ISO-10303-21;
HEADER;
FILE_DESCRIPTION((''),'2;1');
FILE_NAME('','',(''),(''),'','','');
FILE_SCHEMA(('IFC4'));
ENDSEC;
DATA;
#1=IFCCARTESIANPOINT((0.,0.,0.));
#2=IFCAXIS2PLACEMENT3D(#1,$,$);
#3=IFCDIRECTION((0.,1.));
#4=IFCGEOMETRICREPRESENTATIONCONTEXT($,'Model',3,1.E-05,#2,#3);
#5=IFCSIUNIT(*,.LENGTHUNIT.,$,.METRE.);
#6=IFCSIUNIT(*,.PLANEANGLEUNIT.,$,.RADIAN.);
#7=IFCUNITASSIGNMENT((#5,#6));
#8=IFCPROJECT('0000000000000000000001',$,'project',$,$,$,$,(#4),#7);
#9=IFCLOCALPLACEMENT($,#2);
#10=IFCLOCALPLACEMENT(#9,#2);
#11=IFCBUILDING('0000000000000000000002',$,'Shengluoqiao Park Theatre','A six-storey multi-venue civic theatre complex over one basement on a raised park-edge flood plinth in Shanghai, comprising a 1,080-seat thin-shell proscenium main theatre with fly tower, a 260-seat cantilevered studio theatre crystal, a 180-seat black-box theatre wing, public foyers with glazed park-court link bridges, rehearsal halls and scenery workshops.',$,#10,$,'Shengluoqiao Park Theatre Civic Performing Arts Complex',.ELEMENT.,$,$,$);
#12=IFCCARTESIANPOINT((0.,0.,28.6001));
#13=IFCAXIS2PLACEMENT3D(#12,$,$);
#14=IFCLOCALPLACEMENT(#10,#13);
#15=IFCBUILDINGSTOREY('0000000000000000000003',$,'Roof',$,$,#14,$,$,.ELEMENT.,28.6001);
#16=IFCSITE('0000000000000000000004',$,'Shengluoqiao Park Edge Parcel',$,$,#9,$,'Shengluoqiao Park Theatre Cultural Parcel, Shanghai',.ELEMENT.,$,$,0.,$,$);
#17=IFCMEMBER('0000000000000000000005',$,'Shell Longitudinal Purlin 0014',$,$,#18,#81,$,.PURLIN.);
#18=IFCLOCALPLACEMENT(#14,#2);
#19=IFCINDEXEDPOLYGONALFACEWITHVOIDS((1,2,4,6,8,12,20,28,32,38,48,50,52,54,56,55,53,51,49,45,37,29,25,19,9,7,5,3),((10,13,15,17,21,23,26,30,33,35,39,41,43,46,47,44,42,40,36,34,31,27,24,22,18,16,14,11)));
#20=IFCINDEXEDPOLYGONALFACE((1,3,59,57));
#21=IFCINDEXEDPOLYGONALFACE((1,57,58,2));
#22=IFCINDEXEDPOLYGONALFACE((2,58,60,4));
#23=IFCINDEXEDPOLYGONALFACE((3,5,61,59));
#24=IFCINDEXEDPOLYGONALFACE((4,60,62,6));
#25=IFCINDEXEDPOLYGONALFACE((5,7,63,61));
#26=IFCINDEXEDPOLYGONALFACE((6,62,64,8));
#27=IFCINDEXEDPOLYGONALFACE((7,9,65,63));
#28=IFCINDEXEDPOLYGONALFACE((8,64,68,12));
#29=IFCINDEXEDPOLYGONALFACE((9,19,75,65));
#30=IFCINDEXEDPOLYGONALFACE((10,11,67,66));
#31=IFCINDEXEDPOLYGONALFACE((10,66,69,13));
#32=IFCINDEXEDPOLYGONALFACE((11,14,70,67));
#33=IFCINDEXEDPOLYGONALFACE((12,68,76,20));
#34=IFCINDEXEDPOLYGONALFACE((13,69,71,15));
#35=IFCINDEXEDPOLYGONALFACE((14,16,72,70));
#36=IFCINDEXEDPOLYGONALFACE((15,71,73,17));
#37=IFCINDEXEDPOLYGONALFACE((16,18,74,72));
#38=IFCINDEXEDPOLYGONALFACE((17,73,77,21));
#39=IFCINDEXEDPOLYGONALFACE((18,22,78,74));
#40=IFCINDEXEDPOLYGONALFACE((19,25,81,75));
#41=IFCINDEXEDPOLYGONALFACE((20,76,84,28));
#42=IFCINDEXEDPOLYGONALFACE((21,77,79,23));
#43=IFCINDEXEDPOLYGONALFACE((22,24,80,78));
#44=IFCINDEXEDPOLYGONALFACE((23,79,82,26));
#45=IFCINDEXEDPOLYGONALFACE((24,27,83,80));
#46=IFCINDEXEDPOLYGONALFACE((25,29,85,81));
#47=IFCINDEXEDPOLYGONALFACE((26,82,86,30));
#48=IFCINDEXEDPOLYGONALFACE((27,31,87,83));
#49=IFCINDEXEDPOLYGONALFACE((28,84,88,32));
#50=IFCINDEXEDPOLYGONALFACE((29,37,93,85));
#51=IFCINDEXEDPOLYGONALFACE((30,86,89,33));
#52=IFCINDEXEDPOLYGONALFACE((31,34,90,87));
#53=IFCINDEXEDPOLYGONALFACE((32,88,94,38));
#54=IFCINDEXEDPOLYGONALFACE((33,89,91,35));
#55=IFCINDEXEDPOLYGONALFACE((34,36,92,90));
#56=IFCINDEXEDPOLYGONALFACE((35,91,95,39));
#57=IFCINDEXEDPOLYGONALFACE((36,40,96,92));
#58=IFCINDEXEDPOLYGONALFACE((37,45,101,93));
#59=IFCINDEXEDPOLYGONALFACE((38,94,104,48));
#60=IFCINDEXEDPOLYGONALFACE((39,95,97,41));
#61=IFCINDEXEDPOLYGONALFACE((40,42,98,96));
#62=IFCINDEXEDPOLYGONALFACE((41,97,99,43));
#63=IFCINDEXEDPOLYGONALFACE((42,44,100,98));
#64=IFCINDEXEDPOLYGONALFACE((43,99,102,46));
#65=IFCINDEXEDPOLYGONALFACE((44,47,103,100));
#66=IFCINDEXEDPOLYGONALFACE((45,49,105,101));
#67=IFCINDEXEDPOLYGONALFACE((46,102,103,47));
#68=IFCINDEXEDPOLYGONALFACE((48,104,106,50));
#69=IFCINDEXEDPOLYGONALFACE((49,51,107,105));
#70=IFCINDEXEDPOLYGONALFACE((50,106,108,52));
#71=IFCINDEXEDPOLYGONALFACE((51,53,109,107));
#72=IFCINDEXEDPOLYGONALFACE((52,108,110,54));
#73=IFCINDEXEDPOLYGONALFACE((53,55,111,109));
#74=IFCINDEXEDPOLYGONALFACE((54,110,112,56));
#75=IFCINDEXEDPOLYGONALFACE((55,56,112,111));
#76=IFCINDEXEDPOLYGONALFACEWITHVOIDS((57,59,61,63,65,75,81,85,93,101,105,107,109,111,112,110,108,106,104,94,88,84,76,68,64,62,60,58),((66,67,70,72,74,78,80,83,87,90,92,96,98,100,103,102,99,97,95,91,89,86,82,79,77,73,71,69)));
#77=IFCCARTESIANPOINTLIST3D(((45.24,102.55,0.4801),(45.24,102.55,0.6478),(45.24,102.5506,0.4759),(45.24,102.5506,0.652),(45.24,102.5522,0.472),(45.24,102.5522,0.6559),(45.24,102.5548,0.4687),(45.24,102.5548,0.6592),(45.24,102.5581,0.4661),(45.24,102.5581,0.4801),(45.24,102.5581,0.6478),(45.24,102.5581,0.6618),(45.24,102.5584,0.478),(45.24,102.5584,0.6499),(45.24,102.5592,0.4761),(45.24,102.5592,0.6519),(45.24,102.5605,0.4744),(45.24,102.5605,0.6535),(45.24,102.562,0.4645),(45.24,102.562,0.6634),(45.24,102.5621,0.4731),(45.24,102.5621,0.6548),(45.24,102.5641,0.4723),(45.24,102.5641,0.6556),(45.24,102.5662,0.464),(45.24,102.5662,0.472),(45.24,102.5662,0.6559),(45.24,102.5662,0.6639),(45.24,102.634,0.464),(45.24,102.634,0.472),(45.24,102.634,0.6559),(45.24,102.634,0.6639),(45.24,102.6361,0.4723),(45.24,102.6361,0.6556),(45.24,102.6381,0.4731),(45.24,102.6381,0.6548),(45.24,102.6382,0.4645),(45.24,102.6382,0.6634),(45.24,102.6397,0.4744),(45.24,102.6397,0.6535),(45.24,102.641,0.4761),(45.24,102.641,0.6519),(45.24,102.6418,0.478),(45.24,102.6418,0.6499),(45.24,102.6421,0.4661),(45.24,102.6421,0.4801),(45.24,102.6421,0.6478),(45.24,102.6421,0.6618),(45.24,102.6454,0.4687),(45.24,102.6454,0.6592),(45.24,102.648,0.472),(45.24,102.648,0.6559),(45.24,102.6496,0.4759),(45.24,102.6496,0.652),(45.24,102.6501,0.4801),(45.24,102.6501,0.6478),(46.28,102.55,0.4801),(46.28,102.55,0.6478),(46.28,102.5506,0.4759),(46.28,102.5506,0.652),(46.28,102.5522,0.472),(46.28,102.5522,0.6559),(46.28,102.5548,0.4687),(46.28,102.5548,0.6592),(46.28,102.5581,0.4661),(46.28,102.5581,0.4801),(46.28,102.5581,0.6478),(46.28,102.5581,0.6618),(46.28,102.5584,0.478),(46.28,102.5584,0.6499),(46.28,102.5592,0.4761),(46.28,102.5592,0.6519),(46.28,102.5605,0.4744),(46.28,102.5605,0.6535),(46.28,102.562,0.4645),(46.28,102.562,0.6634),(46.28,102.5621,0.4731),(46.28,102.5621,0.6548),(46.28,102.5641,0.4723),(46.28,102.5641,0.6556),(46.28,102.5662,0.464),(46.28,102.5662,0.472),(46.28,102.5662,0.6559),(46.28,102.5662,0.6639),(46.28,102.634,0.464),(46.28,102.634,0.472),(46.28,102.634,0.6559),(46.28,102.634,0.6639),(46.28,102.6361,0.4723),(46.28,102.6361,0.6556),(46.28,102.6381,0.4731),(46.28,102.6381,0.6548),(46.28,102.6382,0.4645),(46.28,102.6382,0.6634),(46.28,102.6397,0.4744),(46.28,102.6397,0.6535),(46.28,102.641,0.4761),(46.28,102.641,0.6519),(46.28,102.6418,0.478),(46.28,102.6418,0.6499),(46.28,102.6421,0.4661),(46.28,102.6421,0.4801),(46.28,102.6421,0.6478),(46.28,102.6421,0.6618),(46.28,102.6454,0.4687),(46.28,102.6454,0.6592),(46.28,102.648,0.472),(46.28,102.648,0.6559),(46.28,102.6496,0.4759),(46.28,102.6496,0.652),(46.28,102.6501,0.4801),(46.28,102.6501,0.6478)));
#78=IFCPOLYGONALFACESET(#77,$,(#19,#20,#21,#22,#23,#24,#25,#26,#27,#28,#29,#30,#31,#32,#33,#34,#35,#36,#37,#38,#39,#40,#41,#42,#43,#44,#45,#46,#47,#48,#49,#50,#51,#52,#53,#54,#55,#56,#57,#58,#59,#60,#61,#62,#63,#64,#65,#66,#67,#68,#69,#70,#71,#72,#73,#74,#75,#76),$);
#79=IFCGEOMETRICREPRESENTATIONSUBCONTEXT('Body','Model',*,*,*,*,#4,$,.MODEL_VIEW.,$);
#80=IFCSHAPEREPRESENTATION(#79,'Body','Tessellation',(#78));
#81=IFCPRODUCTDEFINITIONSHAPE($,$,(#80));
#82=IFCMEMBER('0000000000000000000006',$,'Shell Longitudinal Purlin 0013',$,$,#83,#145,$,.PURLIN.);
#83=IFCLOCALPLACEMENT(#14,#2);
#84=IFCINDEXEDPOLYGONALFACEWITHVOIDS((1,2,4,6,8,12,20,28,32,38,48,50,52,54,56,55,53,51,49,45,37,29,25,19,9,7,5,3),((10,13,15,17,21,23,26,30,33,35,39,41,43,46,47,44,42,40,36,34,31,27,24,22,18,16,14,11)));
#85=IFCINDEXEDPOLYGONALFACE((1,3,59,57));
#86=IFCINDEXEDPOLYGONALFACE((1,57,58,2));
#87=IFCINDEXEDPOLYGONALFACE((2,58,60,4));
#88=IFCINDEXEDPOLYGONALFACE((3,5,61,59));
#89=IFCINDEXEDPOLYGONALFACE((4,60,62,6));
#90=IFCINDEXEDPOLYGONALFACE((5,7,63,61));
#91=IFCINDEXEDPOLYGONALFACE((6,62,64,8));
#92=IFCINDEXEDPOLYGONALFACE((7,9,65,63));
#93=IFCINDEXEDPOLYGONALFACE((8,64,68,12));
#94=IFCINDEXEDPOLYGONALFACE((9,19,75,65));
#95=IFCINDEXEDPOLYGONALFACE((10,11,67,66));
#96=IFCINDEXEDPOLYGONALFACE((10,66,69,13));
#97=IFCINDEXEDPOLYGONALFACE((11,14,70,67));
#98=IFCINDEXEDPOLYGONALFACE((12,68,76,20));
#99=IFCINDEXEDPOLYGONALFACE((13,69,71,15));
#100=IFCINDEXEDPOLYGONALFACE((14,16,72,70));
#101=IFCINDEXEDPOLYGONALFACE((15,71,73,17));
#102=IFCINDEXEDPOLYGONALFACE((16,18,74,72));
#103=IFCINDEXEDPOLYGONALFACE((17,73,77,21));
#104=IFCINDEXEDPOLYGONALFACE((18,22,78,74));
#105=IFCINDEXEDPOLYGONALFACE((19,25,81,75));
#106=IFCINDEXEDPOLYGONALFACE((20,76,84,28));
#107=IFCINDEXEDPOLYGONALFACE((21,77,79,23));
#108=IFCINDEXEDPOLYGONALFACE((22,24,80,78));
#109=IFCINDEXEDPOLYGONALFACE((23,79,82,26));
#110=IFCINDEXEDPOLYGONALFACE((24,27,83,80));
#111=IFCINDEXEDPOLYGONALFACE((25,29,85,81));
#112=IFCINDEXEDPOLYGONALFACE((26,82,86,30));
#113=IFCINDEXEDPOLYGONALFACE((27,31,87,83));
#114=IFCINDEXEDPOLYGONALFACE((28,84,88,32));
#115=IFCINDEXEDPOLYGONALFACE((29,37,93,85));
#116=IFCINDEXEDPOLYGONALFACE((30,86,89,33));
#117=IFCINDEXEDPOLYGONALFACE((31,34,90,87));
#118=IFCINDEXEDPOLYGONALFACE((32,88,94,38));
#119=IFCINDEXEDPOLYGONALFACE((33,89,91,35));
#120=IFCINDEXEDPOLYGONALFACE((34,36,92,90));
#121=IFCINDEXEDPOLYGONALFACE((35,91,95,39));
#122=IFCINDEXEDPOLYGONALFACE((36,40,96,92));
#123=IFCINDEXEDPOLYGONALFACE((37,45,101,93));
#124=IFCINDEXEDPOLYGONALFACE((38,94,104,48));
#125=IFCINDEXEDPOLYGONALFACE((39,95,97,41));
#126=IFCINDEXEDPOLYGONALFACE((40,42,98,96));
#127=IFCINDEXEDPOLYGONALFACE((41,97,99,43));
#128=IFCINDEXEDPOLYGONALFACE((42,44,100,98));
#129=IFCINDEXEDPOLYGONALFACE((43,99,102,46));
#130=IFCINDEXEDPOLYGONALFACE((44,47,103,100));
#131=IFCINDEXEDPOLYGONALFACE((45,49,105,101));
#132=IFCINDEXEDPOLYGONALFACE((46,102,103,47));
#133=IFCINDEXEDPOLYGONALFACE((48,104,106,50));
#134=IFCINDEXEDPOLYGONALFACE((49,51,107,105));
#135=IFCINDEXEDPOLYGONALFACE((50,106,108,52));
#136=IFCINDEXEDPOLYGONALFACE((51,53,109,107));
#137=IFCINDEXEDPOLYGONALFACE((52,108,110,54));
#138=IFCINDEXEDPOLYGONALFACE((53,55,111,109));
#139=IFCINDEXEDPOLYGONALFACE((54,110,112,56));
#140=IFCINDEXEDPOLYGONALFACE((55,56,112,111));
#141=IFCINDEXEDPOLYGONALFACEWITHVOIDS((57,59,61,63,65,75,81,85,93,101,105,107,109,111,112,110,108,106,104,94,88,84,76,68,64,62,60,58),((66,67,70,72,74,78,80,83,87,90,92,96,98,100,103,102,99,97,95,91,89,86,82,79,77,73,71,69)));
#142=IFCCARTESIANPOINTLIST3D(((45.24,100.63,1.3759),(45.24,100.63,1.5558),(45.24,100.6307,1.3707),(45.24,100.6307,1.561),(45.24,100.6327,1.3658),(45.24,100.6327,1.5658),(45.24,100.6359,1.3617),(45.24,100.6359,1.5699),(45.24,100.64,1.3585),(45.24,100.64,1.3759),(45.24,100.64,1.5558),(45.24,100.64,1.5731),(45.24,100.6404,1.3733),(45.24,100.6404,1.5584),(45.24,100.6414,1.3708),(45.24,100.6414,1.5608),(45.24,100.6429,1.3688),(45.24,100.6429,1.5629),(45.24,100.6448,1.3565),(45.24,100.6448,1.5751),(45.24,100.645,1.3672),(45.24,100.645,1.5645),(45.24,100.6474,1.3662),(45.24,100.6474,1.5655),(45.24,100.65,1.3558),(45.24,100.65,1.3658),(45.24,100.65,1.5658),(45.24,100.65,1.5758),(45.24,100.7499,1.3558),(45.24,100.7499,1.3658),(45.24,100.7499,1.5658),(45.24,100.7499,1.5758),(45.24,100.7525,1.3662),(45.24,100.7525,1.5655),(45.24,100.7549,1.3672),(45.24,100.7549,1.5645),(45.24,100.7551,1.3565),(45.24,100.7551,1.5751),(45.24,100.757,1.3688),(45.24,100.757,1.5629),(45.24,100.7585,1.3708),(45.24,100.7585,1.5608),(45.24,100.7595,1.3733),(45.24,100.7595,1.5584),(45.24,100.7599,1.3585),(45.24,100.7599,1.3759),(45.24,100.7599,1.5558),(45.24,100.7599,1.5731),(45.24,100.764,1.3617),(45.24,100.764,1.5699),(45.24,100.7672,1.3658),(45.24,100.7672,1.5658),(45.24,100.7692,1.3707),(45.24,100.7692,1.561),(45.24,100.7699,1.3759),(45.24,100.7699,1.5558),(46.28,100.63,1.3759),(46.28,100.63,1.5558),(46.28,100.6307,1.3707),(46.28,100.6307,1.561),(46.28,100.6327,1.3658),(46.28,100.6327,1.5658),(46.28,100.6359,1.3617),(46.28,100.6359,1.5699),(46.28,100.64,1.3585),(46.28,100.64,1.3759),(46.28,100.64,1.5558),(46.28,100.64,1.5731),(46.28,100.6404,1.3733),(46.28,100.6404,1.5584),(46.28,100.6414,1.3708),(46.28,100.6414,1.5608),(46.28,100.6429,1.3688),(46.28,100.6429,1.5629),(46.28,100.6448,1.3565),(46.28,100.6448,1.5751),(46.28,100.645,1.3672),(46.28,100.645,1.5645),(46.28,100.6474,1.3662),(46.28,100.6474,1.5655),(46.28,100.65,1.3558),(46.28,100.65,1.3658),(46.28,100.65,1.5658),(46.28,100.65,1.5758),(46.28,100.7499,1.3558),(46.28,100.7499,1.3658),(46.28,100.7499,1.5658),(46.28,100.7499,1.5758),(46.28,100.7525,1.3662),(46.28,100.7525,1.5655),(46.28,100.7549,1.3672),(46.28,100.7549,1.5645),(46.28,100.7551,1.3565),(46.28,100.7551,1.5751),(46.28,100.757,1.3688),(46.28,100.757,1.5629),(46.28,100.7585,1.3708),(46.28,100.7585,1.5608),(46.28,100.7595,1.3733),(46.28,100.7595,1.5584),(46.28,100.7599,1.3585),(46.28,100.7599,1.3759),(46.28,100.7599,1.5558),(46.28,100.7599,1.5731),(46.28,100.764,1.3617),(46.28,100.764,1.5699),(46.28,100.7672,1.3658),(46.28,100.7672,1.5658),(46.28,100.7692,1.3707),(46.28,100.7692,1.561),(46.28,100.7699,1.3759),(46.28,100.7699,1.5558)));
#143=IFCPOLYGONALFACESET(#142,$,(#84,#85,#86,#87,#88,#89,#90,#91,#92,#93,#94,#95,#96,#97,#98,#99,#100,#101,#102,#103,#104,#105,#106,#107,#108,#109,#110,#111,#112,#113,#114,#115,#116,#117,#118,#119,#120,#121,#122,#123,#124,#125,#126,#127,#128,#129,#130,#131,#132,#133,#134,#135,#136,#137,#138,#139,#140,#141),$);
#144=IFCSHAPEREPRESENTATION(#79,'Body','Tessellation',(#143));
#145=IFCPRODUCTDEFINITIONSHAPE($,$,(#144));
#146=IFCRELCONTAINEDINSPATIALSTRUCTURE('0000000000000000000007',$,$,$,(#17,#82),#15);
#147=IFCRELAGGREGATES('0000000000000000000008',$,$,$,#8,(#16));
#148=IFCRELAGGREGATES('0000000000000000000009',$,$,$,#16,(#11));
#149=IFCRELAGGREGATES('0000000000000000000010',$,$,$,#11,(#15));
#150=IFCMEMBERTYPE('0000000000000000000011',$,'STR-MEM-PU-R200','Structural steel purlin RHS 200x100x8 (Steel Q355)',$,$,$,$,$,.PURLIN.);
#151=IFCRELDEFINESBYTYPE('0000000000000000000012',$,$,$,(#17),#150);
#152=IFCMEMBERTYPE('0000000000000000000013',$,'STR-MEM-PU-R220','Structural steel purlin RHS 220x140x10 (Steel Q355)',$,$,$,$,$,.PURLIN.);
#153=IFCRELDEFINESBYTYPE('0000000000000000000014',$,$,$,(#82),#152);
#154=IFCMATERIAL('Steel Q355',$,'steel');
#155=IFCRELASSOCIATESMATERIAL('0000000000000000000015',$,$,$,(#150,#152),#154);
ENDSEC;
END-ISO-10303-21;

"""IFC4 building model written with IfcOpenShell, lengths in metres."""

from ifc_helpers import new_model, si_unit, direction, frame, origin, origin_2d, place, context, subcontext, project, spatial, hollow_rectangle, extrude, material, material_profile, profile_set, type_object, element, save


model = new_model("IFC4")

# Units and contexts
model_context = context("Model", 3, precision=1e-05, world=origin(), true_north=direction((0.0, 1.0)))
body_context = subcontext(model_context, "Body", "Model", "MODEL_VIEW")
ifc_project = project(units=[si_unit("LENGTHUNIT", "METRE"), si_unit("PLANEANGLEUNIT", "RADIAN")], contexts=[model_context])

# Site, building, storey
site_placement = place(None, origin())
site = spatial("IfcSite", under=ifc_project, at=site_placement, Name="Shengluoqiao Park Edge Parcel", LongName="Shengluoqiao Park Theatre Cultural Parcel, Shanghai", CompositionType="ELEMENT", RefElevation=0.0)
building_placement = place(site_placement, origin())
building = spatial("IfcBuilding", under=site, at=building_placement, Name="Shengluoqiao Park Theatre", Description="A six-storey multi-venue civic theatre complex over one basement on a raised park-edge flood plinth in Shanghai, comprising a 1,080-seat thin-shell proscenium main theatre with fly tower, a 260-seat cantilevered studio theatre crystal, a 180-seat black-box theatre wing, public foyers with glazed park-court link bridges, rehearsal halls and scenery workshops.", LongName="Shengluoqiao Park Theatre Civic Performing Arts Complex", CompositionType="ELEMENT")
storey_placement = place(building_placement, frame((0.0, 0.0, 28.6001)))
storey = spatial("IfcBuildingStorey", under=building, at=storey_placement, Name="Roof", CompositionType="ELEMENT", Elevation=28.6001)

# Shared definitions
ifc_material_1 = material(Name="Steel Q355", Category="steel")

# Members
ifc_material_profile_1 = material_profile(ifc_material_1, hollow_rectangle(XDim=0.1001, YDim=0.2, WallThickness=0.0081, InnerFilletRadius=0.0081, OuterFilletRadius=0.0161, at=origin_2d()), Name="RHS 200x100x8")
ifc_profile_set_1 = profile_set([ifc_material_profile_1], Name="Steel Q355")
member_type_1 = type_object("IfcMemberType", Name="STR-MEM-PU-R200", Description="Structural steel purlin RHS 200x100x8 (Steel Q355)", PredefinedType="PURLIN", material=ifc_profile_set_1)
member_1_placement = place(storey_placement, frame((45.24, 102.6001, 0.564), z_axis=(1.0, 0.0, 0.0), x_axis=(0.0, 1.0, 0.0)))
element("IfcMember", 1, at=member_1_placement, inside=storey, type_object=member_type_1, Name="Shell Longitudinal Purlin 0014", PredefinedType="PURLIN", context=body_context, shape_type="SweptSolid", body=[
    extrude(hollow_rectangle(XDim=0.1001, YDim=0.2, WallThickness=0.0081, InnerFilletRadius=0.0081, OuterFilletRadius=0.0161, at=origin_2d()), origin(), (0.0, 0.0, 1.0), 1.04),
])
ifc_material_profile_2 = material_profile(ifc_material_1, hollow_rectangle(XDim=0.1399, YDim=0.22, WallThickness=0.01, InnerFilletRadius=0.01, OuterFilletRadius=0.02, at=origin_2d()), Name="RHS 220x140x10")
ifc_profile_set_2 = profile_set([ifc_material_profile_2], Name="Steel Q355")
member_type_2 = type_object("IfcMemberType", Name="STR-MEM-PU-R220", Description="Structural steel purlin RHS 220x140x10 (Steel Q355)", PredefinedType="PURLIN", material=ifc_profile_set_2)
member_2_placement = place(storey_placement, frame((45.24, 100.7, 1.4658), z_axis=(1.0, 0.0, 0.0), x_axis=(0.0, 1.0, 0.0)))
element("IfcMember", 2, at=member_2_placement, inside=storey, type_object=member_type_2, Name="Shell Longitudinal Purlin 0013", PredefinedType="PURLIN", context=body_context, shape_type="SweptSolid", body=[
    extrude(hollow_rectangle(XDim=0.1399, YDim=0.22, WallThickness=0.01, InnerFilletRadius=0.01, OuterFilletRadius=0.02, at=origin_2d()), origin(), (0.0, 0.0, 1.0), 1.04),
])

save(model, "model.ifc")
